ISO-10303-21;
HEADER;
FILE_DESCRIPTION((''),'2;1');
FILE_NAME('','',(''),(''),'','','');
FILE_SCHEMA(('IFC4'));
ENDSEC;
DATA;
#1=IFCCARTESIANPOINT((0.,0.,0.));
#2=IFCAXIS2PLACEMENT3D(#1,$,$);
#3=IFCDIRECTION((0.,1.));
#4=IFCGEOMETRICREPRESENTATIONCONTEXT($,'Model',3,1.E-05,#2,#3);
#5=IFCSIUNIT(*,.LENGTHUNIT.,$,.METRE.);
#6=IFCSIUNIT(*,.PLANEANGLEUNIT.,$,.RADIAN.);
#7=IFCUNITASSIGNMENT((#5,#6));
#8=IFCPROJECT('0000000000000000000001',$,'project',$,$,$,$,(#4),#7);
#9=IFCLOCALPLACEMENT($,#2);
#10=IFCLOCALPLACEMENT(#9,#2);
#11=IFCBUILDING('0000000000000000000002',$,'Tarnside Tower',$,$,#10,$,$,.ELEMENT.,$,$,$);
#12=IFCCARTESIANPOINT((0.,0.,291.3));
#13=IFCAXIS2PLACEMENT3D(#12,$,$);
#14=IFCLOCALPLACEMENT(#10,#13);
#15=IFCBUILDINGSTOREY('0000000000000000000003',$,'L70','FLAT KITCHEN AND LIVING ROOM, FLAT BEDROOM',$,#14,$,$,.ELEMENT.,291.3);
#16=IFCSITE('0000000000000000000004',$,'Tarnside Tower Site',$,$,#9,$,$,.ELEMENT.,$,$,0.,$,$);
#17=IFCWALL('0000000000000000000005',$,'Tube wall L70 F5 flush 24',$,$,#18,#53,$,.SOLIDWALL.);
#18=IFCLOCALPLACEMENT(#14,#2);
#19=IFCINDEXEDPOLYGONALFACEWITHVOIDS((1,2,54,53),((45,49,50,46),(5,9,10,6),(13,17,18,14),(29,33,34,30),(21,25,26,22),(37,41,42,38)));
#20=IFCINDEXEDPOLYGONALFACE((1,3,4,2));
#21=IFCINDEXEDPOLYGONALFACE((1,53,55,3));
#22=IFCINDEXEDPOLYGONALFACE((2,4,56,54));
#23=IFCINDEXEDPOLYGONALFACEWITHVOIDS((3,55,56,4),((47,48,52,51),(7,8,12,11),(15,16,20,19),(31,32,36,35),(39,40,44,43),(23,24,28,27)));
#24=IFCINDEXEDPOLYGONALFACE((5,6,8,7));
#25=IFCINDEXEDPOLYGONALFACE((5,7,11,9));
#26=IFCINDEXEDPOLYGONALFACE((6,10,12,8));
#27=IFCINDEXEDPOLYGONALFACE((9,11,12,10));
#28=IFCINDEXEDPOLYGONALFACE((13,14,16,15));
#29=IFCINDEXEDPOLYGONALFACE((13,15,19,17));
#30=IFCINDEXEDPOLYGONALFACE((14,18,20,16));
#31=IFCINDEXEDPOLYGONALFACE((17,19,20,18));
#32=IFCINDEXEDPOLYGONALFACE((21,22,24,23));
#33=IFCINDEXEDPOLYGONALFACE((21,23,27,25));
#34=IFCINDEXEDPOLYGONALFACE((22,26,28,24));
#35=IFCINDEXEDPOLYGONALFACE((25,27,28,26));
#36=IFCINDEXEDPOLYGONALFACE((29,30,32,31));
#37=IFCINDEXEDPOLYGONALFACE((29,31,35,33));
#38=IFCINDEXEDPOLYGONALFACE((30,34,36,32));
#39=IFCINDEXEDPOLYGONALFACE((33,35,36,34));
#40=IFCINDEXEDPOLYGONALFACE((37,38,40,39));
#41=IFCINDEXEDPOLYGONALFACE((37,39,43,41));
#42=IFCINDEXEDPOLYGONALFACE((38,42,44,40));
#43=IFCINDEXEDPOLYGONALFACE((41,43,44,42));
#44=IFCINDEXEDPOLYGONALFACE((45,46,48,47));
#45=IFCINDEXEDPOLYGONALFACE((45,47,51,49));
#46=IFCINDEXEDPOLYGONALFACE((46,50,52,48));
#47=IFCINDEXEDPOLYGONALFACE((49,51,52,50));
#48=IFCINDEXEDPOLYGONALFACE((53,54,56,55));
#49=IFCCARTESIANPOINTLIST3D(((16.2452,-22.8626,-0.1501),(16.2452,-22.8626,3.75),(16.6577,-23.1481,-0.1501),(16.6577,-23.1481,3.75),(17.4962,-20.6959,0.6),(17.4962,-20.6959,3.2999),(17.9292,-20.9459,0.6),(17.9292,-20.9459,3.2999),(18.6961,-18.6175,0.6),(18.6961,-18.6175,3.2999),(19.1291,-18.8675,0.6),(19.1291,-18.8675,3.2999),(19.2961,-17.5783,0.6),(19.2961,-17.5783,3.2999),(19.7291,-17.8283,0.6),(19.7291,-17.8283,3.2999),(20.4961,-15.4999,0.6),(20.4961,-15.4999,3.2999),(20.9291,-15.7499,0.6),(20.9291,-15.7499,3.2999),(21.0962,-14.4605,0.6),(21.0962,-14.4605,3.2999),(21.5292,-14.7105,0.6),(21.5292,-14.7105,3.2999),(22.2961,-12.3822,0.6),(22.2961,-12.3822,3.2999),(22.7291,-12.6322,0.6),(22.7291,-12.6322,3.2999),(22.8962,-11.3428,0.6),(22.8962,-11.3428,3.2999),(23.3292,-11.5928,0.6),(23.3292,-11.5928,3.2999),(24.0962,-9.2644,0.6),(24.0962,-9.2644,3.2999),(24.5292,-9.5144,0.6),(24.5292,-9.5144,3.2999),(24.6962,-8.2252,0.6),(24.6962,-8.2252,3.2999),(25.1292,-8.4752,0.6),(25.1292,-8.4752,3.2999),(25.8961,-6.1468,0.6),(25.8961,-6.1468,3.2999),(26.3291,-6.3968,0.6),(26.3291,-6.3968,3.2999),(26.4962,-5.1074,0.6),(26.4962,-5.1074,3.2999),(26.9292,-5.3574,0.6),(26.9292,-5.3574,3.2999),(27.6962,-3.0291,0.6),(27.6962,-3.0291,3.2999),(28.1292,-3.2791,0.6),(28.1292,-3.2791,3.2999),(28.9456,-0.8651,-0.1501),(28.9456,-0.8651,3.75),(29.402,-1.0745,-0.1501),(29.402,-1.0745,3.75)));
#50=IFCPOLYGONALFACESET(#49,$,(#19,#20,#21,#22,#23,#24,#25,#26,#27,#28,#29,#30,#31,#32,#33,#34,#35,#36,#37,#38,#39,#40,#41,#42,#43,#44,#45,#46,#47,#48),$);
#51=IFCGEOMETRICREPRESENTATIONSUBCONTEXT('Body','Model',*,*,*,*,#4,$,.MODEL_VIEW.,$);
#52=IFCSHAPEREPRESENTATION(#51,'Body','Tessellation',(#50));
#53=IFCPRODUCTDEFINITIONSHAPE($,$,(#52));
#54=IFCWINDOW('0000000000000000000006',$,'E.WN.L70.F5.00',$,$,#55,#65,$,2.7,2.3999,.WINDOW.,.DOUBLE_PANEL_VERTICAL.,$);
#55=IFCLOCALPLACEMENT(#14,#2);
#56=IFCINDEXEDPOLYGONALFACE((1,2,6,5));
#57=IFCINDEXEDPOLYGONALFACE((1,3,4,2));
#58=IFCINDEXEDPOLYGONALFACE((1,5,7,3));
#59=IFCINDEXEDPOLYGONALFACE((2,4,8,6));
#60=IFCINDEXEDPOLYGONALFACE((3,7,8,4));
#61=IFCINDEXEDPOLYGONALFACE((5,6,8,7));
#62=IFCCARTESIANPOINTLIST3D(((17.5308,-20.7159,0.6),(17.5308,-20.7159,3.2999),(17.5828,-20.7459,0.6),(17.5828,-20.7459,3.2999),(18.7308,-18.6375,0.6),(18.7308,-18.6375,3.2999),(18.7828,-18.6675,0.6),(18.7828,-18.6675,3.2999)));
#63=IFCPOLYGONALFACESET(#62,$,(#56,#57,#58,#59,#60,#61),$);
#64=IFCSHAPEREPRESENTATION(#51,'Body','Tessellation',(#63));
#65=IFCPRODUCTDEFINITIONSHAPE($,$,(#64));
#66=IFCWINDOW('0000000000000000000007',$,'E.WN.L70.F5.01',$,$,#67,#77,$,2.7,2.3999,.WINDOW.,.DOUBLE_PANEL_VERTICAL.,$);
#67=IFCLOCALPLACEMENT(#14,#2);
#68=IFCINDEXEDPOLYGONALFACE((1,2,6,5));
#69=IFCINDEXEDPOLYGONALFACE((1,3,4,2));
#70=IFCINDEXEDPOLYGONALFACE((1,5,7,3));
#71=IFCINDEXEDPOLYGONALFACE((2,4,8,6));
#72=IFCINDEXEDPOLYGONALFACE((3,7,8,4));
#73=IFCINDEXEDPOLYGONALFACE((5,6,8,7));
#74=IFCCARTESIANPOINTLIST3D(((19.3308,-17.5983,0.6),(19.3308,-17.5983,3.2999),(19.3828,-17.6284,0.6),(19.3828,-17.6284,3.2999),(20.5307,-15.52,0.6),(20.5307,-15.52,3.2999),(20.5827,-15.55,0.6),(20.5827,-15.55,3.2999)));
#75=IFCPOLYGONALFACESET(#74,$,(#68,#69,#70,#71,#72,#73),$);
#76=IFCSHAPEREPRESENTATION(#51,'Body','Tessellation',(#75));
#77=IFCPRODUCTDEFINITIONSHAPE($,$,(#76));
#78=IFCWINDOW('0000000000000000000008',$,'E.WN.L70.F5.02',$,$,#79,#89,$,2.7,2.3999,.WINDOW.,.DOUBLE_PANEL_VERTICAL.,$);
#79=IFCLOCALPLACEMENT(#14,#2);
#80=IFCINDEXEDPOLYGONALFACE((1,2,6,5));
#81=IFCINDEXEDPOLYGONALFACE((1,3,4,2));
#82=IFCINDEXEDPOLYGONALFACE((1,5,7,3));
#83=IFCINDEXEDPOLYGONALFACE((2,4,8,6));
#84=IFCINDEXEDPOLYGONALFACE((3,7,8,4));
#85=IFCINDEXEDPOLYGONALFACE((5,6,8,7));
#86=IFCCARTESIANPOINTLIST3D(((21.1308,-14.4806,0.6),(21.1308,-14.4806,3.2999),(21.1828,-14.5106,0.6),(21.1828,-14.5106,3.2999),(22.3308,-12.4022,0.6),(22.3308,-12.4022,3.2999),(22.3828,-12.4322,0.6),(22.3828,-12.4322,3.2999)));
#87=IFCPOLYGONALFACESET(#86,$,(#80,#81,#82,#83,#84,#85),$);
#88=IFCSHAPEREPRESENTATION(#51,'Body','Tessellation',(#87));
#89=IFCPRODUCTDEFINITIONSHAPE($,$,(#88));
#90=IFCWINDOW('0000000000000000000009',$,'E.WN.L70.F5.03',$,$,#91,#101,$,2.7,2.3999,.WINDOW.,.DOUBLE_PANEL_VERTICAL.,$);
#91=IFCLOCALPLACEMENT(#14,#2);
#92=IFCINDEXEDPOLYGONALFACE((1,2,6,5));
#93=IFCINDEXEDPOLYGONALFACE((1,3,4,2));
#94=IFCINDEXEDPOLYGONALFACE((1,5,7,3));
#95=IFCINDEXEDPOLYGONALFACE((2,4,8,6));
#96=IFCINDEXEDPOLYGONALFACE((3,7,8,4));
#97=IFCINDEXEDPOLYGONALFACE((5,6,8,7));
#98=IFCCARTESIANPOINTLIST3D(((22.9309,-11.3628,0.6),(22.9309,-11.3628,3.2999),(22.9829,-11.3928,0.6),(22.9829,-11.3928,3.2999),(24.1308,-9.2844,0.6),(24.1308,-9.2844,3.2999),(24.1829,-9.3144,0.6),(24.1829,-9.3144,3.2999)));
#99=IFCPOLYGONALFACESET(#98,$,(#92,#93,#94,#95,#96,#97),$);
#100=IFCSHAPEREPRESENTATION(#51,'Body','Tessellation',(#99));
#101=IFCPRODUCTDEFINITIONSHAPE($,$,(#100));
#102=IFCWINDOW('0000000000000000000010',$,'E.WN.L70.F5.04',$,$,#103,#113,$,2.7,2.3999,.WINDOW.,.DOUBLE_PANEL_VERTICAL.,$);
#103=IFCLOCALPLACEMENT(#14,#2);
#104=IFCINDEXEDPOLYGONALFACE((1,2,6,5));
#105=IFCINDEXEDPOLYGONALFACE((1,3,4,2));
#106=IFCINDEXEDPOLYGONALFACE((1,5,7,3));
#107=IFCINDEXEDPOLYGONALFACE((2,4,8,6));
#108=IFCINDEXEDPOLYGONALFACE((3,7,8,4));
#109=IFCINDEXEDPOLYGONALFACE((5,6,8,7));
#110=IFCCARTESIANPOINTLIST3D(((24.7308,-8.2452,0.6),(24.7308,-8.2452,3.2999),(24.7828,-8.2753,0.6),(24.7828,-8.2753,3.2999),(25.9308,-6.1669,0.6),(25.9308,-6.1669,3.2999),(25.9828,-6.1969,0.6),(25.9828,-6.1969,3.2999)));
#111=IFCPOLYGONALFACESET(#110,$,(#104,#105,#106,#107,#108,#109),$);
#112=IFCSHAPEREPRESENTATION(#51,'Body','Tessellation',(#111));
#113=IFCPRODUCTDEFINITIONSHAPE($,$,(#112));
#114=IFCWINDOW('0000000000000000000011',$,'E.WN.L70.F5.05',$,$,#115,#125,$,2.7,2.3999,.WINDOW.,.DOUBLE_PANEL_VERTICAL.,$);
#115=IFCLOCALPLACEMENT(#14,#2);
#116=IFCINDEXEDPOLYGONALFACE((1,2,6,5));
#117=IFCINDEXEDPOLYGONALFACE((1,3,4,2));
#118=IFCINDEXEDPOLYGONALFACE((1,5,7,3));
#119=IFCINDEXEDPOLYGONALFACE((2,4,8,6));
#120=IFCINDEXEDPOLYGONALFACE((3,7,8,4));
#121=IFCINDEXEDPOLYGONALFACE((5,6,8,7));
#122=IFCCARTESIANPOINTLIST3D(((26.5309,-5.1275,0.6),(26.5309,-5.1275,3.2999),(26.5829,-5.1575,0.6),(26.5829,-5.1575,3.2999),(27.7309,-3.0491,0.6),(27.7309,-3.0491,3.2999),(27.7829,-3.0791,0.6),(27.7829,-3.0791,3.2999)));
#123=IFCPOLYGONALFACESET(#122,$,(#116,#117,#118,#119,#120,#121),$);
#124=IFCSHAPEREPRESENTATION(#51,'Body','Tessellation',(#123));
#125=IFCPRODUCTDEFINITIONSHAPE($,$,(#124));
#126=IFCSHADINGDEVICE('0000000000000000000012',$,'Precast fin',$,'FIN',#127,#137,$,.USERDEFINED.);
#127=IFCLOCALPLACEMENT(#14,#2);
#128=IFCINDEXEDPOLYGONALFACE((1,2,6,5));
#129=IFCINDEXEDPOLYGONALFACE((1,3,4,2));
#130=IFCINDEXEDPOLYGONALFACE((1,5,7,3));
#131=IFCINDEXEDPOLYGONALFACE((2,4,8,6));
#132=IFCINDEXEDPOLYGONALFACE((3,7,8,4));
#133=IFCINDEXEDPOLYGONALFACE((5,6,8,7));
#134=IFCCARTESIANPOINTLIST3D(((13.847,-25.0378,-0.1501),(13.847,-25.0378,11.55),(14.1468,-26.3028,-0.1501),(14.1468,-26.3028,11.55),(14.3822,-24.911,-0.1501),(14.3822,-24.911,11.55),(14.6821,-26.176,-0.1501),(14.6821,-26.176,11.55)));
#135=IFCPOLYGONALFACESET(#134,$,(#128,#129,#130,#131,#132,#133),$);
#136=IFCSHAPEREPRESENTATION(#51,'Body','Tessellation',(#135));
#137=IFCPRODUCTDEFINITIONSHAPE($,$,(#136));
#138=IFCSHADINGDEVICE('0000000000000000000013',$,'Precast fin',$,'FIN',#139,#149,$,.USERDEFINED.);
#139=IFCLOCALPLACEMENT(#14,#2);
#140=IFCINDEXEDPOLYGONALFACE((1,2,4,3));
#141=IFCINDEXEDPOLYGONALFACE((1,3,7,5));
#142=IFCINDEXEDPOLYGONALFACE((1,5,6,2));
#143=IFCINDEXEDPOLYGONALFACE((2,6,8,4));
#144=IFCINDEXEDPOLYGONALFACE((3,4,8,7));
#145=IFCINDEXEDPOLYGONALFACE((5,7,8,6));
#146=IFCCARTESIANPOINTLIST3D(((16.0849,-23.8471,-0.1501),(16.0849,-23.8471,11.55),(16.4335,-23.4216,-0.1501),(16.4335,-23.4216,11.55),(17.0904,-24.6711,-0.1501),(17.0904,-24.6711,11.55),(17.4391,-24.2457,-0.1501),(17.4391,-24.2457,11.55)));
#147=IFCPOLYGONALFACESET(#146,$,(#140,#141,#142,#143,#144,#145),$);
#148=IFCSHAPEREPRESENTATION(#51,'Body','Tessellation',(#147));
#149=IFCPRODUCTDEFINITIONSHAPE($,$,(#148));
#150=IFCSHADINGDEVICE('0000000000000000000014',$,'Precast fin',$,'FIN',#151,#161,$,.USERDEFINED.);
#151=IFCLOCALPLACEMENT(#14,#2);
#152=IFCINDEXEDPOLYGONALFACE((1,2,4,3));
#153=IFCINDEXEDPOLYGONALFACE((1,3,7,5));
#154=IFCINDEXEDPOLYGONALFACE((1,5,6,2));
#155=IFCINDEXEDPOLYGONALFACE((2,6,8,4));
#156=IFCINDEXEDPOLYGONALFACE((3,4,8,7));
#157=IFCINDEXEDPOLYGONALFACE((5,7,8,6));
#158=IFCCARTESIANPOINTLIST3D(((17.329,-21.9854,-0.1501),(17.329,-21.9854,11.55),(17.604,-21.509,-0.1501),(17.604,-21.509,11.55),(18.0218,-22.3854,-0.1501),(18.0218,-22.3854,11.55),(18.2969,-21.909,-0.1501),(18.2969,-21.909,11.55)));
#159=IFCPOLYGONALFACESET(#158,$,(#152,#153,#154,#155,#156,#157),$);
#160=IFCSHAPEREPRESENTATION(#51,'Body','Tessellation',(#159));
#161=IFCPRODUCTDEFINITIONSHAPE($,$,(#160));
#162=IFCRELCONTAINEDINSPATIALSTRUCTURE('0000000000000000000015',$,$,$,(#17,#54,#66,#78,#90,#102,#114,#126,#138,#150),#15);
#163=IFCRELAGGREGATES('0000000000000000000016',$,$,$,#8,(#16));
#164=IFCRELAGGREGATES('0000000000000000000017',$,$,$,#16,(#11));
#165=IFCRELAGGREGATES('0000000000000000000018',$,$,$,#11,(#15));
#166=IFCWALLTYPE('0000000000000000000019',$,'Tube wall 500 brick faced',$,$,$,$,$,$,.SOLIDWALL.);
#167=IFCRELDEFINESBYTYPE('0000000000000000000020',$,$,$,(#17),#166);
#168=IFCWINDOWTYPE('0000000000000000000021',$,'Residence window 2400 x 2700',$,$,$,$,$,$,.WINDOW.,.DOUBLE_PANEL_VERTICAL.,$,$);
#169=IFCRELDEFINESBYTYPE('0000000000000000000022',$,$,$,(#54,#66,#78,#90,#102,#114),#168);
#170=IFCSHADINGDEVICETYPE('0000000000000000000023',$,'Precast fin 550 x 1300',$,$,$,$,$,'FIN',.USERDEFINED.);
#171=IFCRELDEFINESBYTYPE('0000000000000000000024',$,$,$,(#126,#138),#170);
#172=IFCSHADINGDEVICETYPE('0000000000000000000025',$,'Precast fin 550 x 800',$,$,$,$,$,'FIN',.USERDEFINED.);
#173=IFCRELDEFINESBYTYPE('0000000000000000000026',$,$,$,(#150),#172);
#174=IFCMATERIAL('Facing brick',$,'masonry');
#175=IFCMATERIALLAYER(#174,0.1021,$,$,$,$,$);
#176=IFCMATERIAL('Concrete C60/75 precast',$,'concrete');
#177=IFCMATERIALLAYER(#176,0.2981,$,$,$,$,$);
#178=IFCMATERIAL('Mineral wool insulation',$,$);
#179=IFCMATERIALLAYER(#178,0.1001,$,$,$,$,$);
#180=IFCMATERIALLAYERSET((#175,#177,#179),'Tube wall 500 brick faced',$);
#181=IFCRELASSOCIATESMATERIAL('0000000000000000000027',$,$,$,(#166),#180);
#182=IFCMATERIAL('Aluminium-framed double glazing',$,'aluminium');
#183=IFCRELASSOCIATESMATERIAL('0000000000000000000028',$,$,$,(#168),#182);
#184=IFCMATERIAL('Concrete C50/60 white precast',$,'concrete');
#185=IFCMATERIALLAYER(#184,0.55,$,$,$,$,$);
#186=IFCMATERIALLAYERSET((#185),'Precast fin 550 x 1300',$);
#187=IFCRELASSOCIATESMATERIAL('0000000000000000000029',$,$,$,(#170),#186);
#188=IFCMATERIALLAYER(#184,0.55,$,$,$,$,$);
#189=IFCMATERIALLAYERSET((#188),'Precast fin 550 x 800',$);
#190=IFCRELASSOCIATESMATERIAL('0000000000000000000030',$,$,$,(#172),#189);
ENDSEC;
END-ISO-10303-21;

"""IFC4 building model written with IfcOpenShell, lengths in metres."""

from ifc_helpers import new_model, si_unit, direction, frame, frame_2d, origin, place, context, subcontext, project, spatial, polyline, rectangle, outline, extrude, material, layer, layer_set, type_object, element, fill, save


model = new_model("IFC4")

# Units and contexts
model_context = context("Model", 3, precision=1e-05, world=origin(), true_north=direction((0.0, 1.0)))
body_context = subcontext(model_context, "Body", "Model", "MODEL_VIEW")
ifc_project = project(units=[si_unit("LENGTHUNIT", "METRE"), si_unit("PLANEANGLEUNIT", "RADIAN")], contexts=[model_context])

# Site, building, storey
site_placement = place(None, origin())
site = spatial("IfcSite", under=ifc_project, at=site_placement, Name="Tarnside Tower Site", CompositionType="ELEMENT", RefElevation=0.0)
building_placement = place(site_placement, origin())
building = spatial("IfcBuilding", under=site, at=building_placement, Name="Tarnside Tower", CompositionType="ELEMENT")
storey_placement = place(building_placement, frame((0.0, 0.0, 291.3)))
storey = spatial("IfcBuildingStorey", under=building, at=storey_placement, Name="L70", Description="FLAT KITCHEN AND LIVING ROOM, FLAT BEDROOM", CompositionType="ELEMENT", Elevation=291.3)

# Shared definitions
ifc_material_1 = material(Name="Facing brick", Category="masonry")
ifc_layer_1 = layer(ifc_material_1, 0.1021)
ifc_material_2 = material(Name="Concrete C60/75 precast", Category="concrete")
ifc_layer_2 = layer(ifc_material_2, 0.2981)
ifc_material_3 = material(Name="Mineral wool insulation")
ifc_layer_3 = layer(ifc_material_3, 0.1001)
ifc_layer_set_1 = layer_set([ifc_layer_1, ifc_layer_2, ifc_layer_3], Name="Tube wall 500 brick faced")
wall_type_1 = type_object("IfcWallType", Name="Tube wall 500 brick faced", PredefinedType="SOLIDWALL", material=ifc_layer_set_1)

# Wall, openings, windows
wall_1_placement = place(storey_placement, frame((16.4514, -23.0054, -0.1501), z_axis=(0.0, 0.0, 1.0), x_axis=(0.500004, 0.866023, 0.0)))
wall_1 = element("IfcWall", 1, at=wall_1_placement, inside=storey, type_object=wall_type_1, Name="Tube wall L70 F5 flush 24", PredefinedType="SOLIDWALL", context=body_context, shape_type="SweptSolid", body=[
    extrude(outline(polyline([(-0.0205, -0.25), (25.468, -0.25), (25.4211, 0.25), (0.0205, 0.25), (-0.0205, -0.25)])), origin(), (0.0, 0.0, 1.0), 3.9001),
])
opening_1_placement = place(wall_1_placement, frame((2.5225, 0.0, 0.75)))
opening_1 = element("IfcOpeningElement", 2, at=opening_1_placement, cuts=wall_1, PredefinedType="OPENING", context=body_context, shape_type="SweptSolid", body=[
    extrude(rectangle(XDim=2.3999, YDim=2.7, at=frame_2d((1.2, 1.3501))), frame((0.0, 0.26, 0.0), z_axis=(0.0, -1.0, 0.0), x_axis=(1.0, 0.0, 0.0)), (0.0, 0.0, 1.0), 0.52),
])
opening_2_placement = place(wall_1_placement, frame((6.1223, 0.0, 0.75)))
opening_2 = element("IfcOpeningElement", 3, at=opening_2_placement, cuts=wall_1, PredefinedType="OPENING", context=body_context, shape_type="SweptSolid", body=[
    extrude(rectangle(XDim=2.3999, YDim=2.7, at=frame_2d((1.2, 1.3501))), frame((0.0, 0.26, 0.0), z_axis=(0.0, -1.0, 0.0), x_axis=(1.0, 0.0, 0.0)), (0.0, 0.0, 1.0), 0.52),
])
opening_3_placement = place(wall_1_placement, frame((9.7224, 0.0, 0.75)))
opening_3 = element("IfcOpeningElement", 4, at=opening_3_placement, cuts=wall_1, PredefinedType="OPENING", context=body_context, shape_type="SweptSolid", body=[
    extrude(rectangle(XDim=2.3999, YDim=2.7, at=frame_2d((1.2, 1.3501))), frame((0.0, 0.26, 0.0), z_axis=(0.0, -1.0, 0.0), x_axis=(1.0, 0.0, 0.0)), (0.0, 0.0, 1.0), 0.52),
])
opening_4_placement = place(wall_1_placement, frame((13.3225, 0.0, 0.75)))
opening_4 = element("IfcOpeningElement", 5, at=opening_4_placement, cuts=wall_1, PredefinedType="OPENING", context=body_context, shape_type="SweptSolid", body=[
    extrude(rectangle(XDim=2.3999, YDim=2.7, at=frame_2d((1.2, 1.3501))), frame((0.0, 0.26, 0.0), z_axis=(0.0, -1.0, 0.0), x_axis=(1.0, 0.0, 0.0)), (0.0, 0.0, 1.0), 0.52),
])
opening_5_placement = place(wall_1_placement, frame((16.9224, 0.0, 0.75)))
opening_5 = element("IfcOpeningElement", 6, at=opening_5_placement, cuts=wall_1, PredefinedType="OPENING", context=body_context, shape_type="SweptSolid", body=[
    extrude(rectangle(XDim=2.3999, YDim=2.7, at=frame_2d((1.2, 1.3501))), frame((0.0, 0.26, 0.0), z_axis=(0.0, -1.0, 0.0), x_axis=(1.0, 0.0, 0.0)), (0.0, 0.0, 1.0), 0.52),
])
opening_6_placement = place(wall_1_placement, frame((20.5225, 0.0, 0.75)))
opening_6 = element("IfcOpeningElement", 7, at=opening_6_placement, cuts=wall_1, PredefinedType="OPENING", context=body_context, shape_type="SweptSolid", body=[
    extrude(rectangle(XDim=2.3999, YDim=2.7, at=frame_2d((1.2, 1.3501))), frame((0.0, 0.26, 0.0), z_axis=(0.0, -1.0, 0.0), x_axis=(1.0, 0.0, 0.0)), (0.0, 0.0, 1.0), 0.52),
])
ifc_material_4 = material(Name="Aluminium-framed double glazing", Category="aluminium")
window_type = type_object("IfcWindowType", Name="Residence window 2400 x 2700", PartitioningType="DOUBLE_PANEL_VERTICAL", PredefinedType="WINDOW", material=ifc_material_4)
window_1_placement = place(opening_1_placement, frame((0.0, 0.1799, 0.0)))
window_1 = element("IfcWindow", 8, at=window_1_placement, inside=storey, type_object=window_type, Name="E.WN.L70.F5.00", OverallHeight=2.7, OverallWidth=2.3999, PartitioningType="DOUBLE_PANEL_VERTICAL", PredefinedType="WINDOW", context=body_context, shape_type="SweptSolid", body=[
    extrude(rectangle(XDim=2.3999, YDim=2.7, at=frame_2d((1.2, 1.3501))), frame((0.0, 0.03, 0.0), z_axis=(0.0, -1.0, 0.0), x_axis=(1.0, 0.0, 0.0)), (0.0, 0.0, 1.0), 0.0601),
])
fill(opening_1, window_1)
window_2_placement = place(opening_2_placement, frame((0.0, 0.1799, 0.0)))
window_2 = element("IfcWindow", 9, at=window_2_placement, inside=storey, type_object=window_type, Name="E.WN.L70.F5.01", OverallHeight=2.7, OverallWidth=2.3999, PartitioningType="DOUBLE_PANEL_VERTICAL", PredefinedType="WINDOW", context=body_context, shape_type="SweptSolid", body=[
    extrude(rectangle(XDim=2.3999, YDim=2.7, at=frame_2d((1.2, 1.3501))), frame((0.0, 0.03, 0.0), z_axis=(0.0, -1.0, 0.0), x_axis=(1.0, 0.0, 0.0)), (0.0, 0.0, 1.0), 0.0601),
])
fill(opening_2, window_2)
window_3_placement = place(opening_3_placement, frame((0.0, 0.1799, 0.0)))
window_3 = element("IfcWindow", 10, at=window_3_placement, inside=storey, type_object=window_type, Name="E.WN.L70.F5.02", OverallHeight=2.7, OverallWidth=2.3999, PartitioningType="DOUBLE_PANEL_VERTICAL", PredefinedType="WINDOW", context=body_context, shape_type="SweptSolid", body=[
    extrude(rectangle(XDim=2.3999, YDim=2.7, at=frame_2d((1.2, 1.3501))), frame((0.0, 0.03, 0.0), z_axis=(0.0, -1.0, 0.0), x_axis=(1.0, 0.0, 0.0)), (0.0, 0.0, 1.0), 0.0601),
])
fill(opening_3, window_3)
window_4_placement = place(opening_4_placement, frame((0.0, 0.1799, 0.0)))
window_4 = element("IfcWindow", 11, at=window_4_placement, inside=storey, type_object=window_type, Name="E.WN.L70.F5.03", OverallHeight=2.7, OverallWidth=2.3999, PartitioningType="DOUBLE_PANEL_VERTICAL", PredefinedType="WINDOW", context=body_context, shape_type="SweptSolid", body=[
    extrude(rectangle(XDim=2.3999, YDim=2.7, at=frame_2d((1.2, 1.3501))), frame((0.0, 0.03, 0.0), z_axis=(0.0, -1.0, 0.0), x_axis=(1.0, 0.0, 0.0)), (0.0, 0.0, 1.0), 0.0601),
])
fill(opening_4, window_4)
window_5_placement = place(opening_5_placement, frame((0.0, 0.1799, 0.0)))
window_5 = element("IfcWindow", 12, at=window_5_placement, inside=storey, type_object=window_type, Name="E.WN.L70.F5.04", OverallHeight=2.7, OverallWidth=2.3999, PartitioningType="DOUBLE_PANEL_VERTICAL", PredefinedType="WINDOW", context=body_context, shape_type="SweptSolid", body=[
    extrude(rectangle(XDim=2.3999, YDim=2.7, at=frame_2d((1.2, 1.3501))), frame((0.0, 0.03, 0.0), z_axis=(0.0, -1.0, 0.0), x_axis=(1.0, 0.0, 0.0)), (0.0, 0.0, 1.0), 0.0601),
])
fill(opening_5, window_5)
window_6_placement = place(opening_6_placement, frame((0.0, 0.1799, 0.0)))
window_6 = element("IfcWindow", 13, at=window_6_placement, inside=storey, type_object=window_type, Name="E.WN.L70.F5.05", OverallHeight=2.7, OverallWidth=2.3999, PartitioningType="DOUBLE_PANEL_VERTICAL", PredefinedType="WINDOW", context=body_context, shape_type="SweptSolid", body=[
    extrude(rectangle(XDim=2.3999, YDim=2.7, at=frame_2d((1.2, 1.3501))), frame((0.0, 0.03, 0.0), z_axis=(0.0, -1.0, 0.0), x_axis=(1.0, 0.0, 0.0)), (0.0, 0.0, 1.0), 0.0601),
])
fill(opening_6, window_6)

# Shading devices
ifc_material_5 = material(Name="Concrete C50/60 white precast", Category="concrete")
ifc_layer_4 = layer(ifc_material_5, 0.55)
ifc_layer_set_2 = layer_set([ifc_layer_4], Name="Precast fin 550 x 1300")
shading_device_type_1 = type_object("IfcShadingDeviceType", Name="Precast fin 550 x 1300", ElementType="FIN", PredefinedType="USERDEFINED", material=ifc_layer_set_2)
for number, where, z_axis, x_axis, name in (
    (14, (14.1147, -24.9744, -0.1501), (-0.973045, -0.230616, 0.0), (0.230616, -0.973045, 0.0), "Precast fin"),
    (15, (16.2593, -23.6343, -0.1501), (-0.633831, -0.773472, 0.0), (0.773472, -0.633831, 0.0), "Precast fin"),
):
    element("IfcShadingDevice", number, at=place(storey_placement, frame(where, z_axis=z_axis, x_axis=x_axis)), inside=storey, type_object=shading_device_type_1, Name=name, ObjectType="FIN", PredefinedType="USERDEFINED", context=body_context, shape_type="SweptSolid", body=[
        extrude(outline(polyline([(0.0, 0.0), (1.3, 0.0), (1.3, 11.7002), (0.0, 11.7002), (0.0, 0.0)])), frame((0.0, 0.0, -0.2749)), (0.0, 0.0, 1.0), 0.55),
    ])
ifc_layer_5 = layer(ifc_material_5, 0.55)
ifc_layer_set_3 = layer_set([ifc_layer_5], Name="Precast fin 550 x 800")
shading_device_type_2 = type_object("IfcShadingDeviceType", Name="Precast fin 550 x 800", ElementType="FIN", PredefinedType="USERDEFINED", material=ifc_layer_set_3)
for number, where, z_axis, x_axis, name in (
    (16, (17.4666, -21.7471, -0.1501), (-0.5, -0.866025, 0.0), (0.866025, -0.5, 0.0), "Precast fin"),
):
    element("IfcShadingDevice", number, at=place(storey_placement, frame(where, z_axis=z_axis, x_axis=x_axis)), inside=storey, type_object=shading_device_type_2, Name=name, ObjectType="FIN", PredefinedType="USERDEFINED", context=body_context, shape_type="SweptSolid", body=[
        extrude(outline(polyline([(0.0, 0.0), (0.8, 0.0), (0.8, 11.7002), (0.0, 11.7002), (0.0, 0.0)])), frame((0.0, 0.0, -0.2749)), (0.0, 0.0, 1.0), 0.55),
    ])

save(model, "model.ifc")
